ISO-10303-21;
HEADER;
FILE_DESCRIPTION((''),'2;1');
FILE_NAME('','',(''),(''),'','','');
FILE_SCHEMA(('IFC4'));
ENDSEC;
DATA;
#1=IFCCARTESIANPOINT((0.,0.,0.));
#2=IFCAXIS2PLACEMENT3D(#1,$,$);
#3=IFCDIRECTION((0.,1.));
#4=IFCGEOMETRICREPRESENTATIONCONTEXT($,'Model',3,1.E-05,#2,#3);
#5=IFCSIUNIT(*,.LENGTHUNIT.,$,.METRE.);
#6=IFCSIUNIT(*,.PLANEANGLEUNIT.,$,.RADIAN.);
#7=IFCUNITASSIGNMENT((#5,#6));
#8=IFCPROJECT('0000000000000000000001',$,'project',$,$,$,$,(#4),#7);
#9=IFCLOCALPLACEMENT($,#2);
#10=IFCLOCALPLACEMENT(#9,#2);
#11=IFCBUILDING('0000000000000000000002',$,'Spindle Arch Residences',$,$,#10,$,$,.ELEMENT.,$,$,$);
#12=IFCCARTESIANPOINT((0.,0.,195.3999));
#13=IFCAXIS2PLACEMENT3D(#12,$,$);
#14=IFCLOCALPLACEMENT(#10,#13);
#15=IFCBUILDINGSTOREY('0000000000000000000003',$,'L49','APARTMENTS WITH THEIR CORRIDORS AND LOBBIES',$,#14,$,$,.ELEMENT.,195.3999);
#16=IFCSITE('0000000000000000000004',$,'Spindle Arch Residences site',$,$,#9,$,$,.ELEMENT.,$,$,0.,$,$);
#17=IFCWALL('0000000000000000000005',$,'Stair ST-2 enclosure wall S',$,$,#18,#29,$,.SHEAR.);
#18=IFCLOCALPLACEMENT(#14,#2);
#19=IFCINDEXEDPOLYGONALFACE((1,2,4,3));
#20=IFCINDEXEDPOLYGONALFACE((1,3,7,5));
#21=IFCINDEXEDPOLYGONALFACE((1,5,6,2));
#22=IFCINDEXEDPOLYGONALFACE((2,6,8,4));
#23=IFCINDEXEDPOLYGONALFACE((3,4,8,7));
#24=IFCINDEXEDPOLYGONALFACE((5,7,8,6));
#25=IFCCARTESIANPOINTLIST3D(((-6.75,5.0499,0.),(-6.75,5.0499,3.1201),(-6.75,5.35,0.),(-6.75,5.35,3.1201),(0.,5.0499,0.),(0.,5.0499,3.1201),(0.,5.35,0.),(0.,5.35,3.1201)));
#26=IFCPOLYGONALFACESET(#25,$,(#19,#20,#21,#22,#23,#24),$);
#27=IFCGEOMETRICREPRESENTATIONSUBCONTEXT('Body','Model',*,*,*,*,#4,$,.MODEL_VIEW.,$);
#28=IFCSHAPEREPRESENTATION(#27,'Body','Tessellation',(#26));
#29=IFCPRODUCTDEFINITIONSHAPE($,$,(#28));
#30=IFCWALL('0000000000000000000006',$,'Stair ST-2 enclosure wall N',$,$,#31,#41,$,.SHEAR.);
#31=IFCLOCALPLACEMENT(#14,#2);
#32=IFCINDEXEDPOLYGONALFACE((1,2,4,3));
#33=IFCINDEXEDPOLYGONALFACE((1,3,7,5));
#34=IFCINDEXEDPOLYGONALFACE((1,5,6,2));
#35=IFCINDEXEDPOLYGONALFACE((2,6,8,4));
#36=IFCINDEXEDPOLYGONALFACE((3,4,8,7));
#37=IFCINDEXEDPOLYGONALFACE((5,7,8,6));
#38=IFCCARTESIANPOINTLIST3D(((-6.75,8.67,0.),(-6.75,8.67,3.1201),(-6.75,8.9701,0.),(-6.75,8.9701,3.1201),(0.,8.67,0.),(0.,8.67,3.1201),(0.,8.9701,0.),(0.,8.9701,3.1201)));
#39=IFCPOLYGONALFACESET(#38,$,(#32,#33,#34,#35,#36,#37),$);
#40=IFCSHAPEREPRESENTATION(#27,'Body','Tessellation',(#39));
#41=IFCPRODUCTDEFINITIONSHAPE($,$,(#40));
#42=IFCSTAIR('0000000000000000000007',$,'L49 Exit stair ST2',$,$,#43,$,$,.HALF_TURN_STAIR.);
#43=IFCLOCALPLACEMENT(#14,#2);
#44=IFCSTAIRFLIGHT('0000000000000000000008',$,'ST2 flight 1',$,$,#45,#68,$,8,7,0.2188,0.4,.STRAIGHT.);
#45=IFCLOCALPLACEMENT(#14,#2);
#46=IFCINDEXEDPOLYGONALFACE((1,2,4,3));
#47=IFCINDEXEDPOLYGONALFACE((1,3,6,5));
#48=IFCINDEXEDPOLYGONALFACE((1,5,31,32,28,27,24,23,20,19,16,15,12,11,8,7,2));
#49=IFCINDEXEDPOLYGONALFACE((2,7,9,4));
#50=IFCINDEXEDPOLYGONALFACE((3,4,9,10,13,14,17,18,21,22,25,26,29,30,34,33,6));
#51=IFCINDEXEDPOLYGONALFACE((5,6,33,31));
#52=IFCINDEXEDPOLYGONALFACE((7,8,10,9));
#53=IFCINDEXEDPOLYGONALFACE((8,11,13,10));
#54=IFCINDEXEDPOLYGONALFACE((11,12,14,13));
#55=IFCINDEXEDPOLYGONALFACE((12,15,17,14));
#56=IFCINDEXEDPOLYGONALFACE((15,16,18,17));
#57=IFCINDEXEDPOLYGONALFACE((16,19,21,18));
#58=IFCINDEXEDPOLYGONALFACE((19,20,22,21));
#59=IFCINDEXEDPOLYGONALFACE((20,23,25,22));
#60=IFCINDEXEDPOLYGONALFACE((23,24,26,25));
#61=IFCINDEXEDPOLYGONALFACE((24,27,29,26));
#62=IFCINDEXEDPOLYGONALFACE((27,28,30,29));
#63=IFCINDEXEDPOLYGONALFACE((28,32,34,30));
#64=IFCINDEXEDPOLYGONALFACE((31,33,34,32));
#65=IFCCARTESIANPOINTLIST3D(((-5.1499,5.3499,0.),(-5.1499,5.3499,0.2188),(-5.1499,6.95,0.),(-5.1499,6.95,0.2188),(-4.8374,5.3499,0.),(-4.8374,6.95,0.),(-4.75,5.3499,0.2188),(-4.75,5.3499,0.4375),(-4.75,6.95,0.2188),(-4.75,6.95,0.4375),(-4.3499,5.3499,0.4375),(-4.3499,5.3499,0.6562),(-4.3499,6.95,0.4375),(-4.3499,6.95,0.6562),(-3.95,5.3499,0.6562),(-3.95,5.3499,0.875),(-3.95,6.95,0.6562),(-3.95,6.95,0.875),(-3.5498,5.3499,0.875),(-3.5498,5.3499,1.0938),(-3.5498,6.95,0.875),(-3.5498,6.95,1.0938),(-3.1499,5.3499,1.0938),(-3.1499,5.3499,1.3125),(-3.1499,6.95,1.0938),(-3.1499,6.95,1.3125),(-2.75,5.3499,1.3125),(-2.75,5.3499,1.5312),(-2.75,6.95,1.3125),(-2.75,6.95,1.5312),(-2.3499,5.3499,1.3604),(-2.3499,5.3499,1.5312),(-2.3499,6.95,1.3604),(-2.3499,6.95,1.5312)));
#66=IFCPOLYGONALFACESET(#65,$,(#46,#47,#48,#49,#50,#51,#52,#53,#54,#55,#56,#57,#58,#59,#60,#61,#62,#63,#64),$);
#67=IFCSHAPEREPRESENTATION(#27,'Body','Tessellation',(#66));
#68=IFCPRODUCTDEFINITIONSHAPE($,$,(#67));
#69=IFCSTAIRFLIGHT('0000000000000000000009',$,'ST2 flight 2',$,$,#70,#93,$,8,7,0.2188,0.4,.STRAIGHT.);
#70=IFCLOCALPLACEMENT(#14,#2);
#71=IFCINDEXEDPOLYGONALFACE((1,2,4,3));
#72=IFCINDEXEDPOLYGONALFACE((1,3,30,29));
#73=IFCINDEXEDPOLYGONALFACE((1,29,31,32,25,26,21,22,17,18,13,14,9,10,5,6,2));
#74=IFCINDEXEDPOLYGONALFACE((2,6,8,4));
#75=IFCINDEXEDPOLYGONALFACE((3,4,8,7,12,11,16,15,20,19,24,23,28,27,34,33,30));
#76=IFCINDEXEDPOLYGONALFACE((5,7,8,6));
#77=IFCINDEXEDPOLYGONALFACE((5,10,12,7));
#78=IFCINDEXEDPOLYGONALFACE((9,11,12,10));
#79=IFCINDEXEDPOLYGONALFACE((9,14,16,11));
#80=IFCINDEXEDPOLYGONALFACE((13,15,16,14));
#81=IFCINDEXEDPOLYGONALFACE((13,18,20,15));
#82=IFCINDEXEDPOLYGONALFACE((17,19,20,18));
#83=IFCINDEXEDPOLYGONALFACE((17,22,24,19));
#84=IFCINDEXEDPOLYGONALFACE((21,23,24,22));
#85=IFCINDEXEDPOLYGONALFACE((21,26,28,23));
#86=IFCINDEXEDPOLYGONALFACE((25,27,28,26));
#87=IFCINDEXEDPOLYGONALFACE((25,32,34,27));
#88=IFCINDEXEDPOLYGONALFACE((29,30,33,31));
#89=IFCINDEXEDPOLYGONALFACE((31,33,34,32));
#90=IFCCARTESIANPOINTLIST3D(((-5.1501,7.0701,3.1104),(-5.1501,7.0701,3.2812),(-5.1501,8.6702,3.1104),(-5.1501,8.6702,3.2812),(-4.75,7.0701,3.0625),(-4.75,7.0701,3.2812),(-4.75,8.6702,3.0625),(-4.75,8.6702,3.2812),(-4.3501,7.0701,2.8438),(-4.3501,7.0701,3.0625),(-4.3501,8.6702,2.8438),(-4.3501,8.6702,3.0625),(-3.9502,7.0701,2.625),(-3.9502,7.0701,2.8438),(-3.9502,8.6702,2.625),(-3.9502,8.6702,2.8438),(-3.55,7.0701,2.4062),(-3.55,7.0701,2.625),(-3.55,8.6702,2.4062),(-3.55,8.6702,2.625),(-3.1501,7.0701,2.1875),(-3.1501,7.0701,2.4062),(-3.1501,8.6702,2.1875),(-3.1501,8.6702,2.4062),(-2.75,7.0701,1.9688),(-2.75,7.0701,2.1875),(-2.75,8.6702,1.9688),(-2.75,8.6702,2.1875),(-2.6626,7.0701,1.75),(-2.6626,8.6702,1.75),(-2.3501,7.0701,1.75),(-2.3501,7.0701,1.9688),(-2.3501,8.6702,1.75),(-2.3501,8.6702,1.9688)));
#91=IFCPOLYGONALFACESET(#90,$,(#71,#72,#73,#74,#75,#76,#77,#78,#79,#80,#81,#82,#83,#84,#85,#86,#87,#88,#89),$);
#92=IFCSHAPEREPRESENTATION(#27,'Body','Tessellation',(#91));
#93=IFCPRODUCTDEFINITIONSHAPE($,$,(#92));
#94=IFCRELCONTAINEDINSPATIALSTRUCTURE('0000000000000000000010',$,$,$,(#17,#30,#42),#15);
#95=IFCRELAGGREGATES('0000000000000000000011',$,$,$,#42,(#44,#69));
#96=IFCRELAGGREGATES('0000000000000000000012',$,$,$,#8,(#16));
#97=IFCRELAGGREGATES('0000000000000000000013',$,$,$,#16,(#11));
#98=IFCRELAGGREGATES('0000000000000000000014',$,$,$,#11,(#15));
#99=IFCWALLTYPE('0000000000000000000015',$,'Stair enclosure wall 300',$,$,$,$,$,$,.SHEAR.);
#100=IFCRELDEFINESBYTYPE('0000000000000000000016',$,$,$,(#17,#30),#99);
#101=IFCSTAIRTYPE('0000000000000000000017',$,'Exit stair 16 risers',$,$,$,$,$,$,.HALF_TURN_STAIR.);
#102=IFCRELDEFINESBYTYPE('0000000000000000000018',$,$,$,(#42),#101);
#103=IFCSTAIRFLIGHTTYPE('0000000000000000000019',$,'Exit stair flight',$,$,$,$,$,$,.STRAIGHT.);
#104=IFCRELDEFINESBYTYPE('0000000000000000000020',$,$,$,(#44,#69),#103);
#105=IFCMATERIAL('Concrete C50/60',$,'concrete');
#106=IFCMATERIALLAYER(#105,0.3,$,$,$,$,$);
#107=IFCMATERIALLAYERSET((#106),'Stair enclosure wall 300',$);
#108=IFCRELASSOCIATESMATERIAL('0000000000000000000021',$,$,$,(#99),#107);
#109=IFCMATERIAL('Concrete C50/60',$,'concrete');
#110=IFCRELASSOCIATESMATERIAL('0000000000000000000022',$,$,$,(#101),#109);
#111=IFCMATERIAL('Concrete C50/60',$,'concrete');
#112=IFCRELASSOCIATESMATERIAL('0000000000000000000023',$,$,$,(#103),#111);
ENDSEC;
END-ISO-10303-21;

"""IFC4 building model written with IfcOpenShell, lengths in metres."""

from ifc_helpers import new_model, si_unit, direction, frame, frame_2d, origin, place, context, subcontext, project, spatial, polyline, rectangle, outline, extrude, material, layer, layer_set, type_object, element, aggregate, save


model = new_model("IFC4")

# Units and contexts
model_context = context("Model", 3, precision=1e-05, world=origin(), true_north=direction((0.0, 1.0)))
body_context = subcontext(model_context, "Body", "Model", "MODEL_VIEW")
ifc_project = project(units=[si_unit("LENGTHUNIT", "METRE"), si_unit("PLANEANGLEUNIT", "RADIAN")], contexts=[model_context])

# Site, building, storey
site_placement = place(None, origin())
site = spatial("IfcSite", under=ifc_project, at=site_placement, Name="Spindle Arch Residences site", CompositionType="ELEMENT", RefElevation=0.0)
building_placement = place(site_placement, origin())
building = spatial("IfcBuilding", under=site, at=building_placement, Name="Spindle Arch Residences", CompositionType="ELEMENT")
storey_placement = place(building_placement, frame((0.0, 0.0, 195.3999)))
storey = spatial("IfcBuildingStorey", under=building, at=storey_placement, Name="L49", Description="APARTMENTS WITH THEIR CORRIDORS AND LOBBIES", CompositionType="ELEMENT", Elevation=195.3999)

# Walls
ifc_material_1 = material(Name="Concrete C50/60", Category="concrete")
ifc_layer_1 = layer(ifc_material_1, 0.3)
ifc_layer_set_1 = layer_set([ifc_layer_1], Name="Stair enclosure wall 300")
wall_type_1 = type_object("IfcWallType", Name="Stair enclosure wall 300", PredefinedType="SHEAR", material=ifc_layer_set_1)
for number, where, z_axis, x_axis, name in (
    (1, (-6.75, 5.2, 0.0), (0.0, 0.0, 1.0), (1.0, 0.0, 0.0), "Stair ST-2 enclosure wall S"),
    (2, (-6.75, 8.8201, 0.0), (0.0, 0.0, 1.0), (1.0, 0.0, 0.0), "Stair ST-2 enclosure wall N"),
):
    element("IfcWall", number, at=place(storey_placement, frame(where, z_axis=z_axis, x_axis=x_axis)), inside=storey, type_object=wall_type_1, Name=name, PredefinedType="SHEAR", context=body_context, shape_type="SweptSolid", body=[
        extrude(rectangle(XDim=6.75, YDim=0.3, at=frame_2d((3.375, 0.0))), origin(), (0.0, 0.0, 1.0), 3.1201),
    ])

# Stair, stair flights
ifc_material_2 = material(Name="Concrete C50/60", Category="concrete")
stair_type = type_object("IfcStairType", Name="Exit stair 16 risers", PredefinedType="HALF_TURN_STAIR", material=ifc_material_2)
stair_placement = place(storey_placement, origin())
stair = element("IfcStair", 3, at=stair_placement, inside=storey, type_object=stair_type, Name="L49 Exit stair ST2", PredefinedType="HALF_TURN_STAIR")
ifc_material_3 = material(Name="Concrete C50/60", Category="concrete")
stair_flight_type = type_object("IfcStairFlightType", Name="Exit stair flight", PredefinedType="STRAIGHT", material=ifc_material_3)
stair_flight_1_placement = place(storey_placement, frame((-5.1499, 6.1499, 0.0), z_axis=(0.0, 0.0, 1.0), x_axis=(1.0, 0.0, 0.0)))
stair_flight_1 = element("IfcStairFlight", 4, at=stair_flight_1_placement, type_object=stair_flight_type, Name="ST2 flight 1", NumberOfRisers=8, NumberOfTreads=7, PredefinedType="STRAIGHT", RiserHeight=0.2188, TreadLength=0.4, context=body_context, shape_type="SweptSolid", body=[
    extrude(outline(polyline([(0.0, 0.0), (0.0, 0.2188), (0.3999, 0.2188), (0.3999, 0.4375), (0.8, 0.4375), (0.8, 0.6562), (1.2, 0.6562), (1.2, 0.875), (1.6001, 0.875), (1.6001, 1.0938), (2.0, 1.0938), (2.0, 1.3125), (2.3999, 1.3125), (2.3999, 1.5312), (2.8, 1.5312), (2.8, 1.75), (2.8, 1.3604), (0.3125, 0.0), (0.0, 0.0)])), frame((0.0, 0.8, 0.0), z_axis=(0.0, -1.0, 0.0), x_axis=(1.0, 0.0, 0.0)), (0.0, 0.0, 1.0), 1.6001),
])
stair_flight_2_placement = place(storey_placement, frame((-2.3501, 7.8701, 1.75), z_axis=(0.0, 0.0, 1.0), x_axis=(-1.0, 0.0, 0.0)))
stair_flight_2 = element("IfcStairFlight", 5, at=stair_flight_2_placement, type_object=stair_flight_type, Name="ST2 flight 2", NumberOfRisers=8, NumberOfTreads=7, PredefinedType="STRAIGHT", RiserHeight=0.2188, TreadLength=0.4, context=body_context, shape_type="SweptSolid", body=[
    extrude(outline(polyline([(0.0, 0.0), (0.0, 0.2188), (0.3999, 0.2188), (0.3999, 0.4375), (0.8, 0.4375), (0.8, 0.6562), (1.2, 0.6562), (1.2, 0.875), (1.6001, 0.875), (1.6001, 1.0938), (2.0, 1.0938), (2.0, 1.3125), (2.3999, 1.3125), (2.3999, 1.5312), (2.8, 1.5312), (2.8, 1.75), (2.8, 1.3604), (0.3125, 0.0), (0.0, 0.0)])), frame((0.0, 0.8, 0.0), z_axis=(0.0, -1.0, 0.0), x_axis=(1.0, 0.0, 0.0)), (0.0, 0.0, 1.0), 1.6001),
])
aggregate(stair, [stair_flight_1, stair_flight_2])

save(model, "model.ifc")
